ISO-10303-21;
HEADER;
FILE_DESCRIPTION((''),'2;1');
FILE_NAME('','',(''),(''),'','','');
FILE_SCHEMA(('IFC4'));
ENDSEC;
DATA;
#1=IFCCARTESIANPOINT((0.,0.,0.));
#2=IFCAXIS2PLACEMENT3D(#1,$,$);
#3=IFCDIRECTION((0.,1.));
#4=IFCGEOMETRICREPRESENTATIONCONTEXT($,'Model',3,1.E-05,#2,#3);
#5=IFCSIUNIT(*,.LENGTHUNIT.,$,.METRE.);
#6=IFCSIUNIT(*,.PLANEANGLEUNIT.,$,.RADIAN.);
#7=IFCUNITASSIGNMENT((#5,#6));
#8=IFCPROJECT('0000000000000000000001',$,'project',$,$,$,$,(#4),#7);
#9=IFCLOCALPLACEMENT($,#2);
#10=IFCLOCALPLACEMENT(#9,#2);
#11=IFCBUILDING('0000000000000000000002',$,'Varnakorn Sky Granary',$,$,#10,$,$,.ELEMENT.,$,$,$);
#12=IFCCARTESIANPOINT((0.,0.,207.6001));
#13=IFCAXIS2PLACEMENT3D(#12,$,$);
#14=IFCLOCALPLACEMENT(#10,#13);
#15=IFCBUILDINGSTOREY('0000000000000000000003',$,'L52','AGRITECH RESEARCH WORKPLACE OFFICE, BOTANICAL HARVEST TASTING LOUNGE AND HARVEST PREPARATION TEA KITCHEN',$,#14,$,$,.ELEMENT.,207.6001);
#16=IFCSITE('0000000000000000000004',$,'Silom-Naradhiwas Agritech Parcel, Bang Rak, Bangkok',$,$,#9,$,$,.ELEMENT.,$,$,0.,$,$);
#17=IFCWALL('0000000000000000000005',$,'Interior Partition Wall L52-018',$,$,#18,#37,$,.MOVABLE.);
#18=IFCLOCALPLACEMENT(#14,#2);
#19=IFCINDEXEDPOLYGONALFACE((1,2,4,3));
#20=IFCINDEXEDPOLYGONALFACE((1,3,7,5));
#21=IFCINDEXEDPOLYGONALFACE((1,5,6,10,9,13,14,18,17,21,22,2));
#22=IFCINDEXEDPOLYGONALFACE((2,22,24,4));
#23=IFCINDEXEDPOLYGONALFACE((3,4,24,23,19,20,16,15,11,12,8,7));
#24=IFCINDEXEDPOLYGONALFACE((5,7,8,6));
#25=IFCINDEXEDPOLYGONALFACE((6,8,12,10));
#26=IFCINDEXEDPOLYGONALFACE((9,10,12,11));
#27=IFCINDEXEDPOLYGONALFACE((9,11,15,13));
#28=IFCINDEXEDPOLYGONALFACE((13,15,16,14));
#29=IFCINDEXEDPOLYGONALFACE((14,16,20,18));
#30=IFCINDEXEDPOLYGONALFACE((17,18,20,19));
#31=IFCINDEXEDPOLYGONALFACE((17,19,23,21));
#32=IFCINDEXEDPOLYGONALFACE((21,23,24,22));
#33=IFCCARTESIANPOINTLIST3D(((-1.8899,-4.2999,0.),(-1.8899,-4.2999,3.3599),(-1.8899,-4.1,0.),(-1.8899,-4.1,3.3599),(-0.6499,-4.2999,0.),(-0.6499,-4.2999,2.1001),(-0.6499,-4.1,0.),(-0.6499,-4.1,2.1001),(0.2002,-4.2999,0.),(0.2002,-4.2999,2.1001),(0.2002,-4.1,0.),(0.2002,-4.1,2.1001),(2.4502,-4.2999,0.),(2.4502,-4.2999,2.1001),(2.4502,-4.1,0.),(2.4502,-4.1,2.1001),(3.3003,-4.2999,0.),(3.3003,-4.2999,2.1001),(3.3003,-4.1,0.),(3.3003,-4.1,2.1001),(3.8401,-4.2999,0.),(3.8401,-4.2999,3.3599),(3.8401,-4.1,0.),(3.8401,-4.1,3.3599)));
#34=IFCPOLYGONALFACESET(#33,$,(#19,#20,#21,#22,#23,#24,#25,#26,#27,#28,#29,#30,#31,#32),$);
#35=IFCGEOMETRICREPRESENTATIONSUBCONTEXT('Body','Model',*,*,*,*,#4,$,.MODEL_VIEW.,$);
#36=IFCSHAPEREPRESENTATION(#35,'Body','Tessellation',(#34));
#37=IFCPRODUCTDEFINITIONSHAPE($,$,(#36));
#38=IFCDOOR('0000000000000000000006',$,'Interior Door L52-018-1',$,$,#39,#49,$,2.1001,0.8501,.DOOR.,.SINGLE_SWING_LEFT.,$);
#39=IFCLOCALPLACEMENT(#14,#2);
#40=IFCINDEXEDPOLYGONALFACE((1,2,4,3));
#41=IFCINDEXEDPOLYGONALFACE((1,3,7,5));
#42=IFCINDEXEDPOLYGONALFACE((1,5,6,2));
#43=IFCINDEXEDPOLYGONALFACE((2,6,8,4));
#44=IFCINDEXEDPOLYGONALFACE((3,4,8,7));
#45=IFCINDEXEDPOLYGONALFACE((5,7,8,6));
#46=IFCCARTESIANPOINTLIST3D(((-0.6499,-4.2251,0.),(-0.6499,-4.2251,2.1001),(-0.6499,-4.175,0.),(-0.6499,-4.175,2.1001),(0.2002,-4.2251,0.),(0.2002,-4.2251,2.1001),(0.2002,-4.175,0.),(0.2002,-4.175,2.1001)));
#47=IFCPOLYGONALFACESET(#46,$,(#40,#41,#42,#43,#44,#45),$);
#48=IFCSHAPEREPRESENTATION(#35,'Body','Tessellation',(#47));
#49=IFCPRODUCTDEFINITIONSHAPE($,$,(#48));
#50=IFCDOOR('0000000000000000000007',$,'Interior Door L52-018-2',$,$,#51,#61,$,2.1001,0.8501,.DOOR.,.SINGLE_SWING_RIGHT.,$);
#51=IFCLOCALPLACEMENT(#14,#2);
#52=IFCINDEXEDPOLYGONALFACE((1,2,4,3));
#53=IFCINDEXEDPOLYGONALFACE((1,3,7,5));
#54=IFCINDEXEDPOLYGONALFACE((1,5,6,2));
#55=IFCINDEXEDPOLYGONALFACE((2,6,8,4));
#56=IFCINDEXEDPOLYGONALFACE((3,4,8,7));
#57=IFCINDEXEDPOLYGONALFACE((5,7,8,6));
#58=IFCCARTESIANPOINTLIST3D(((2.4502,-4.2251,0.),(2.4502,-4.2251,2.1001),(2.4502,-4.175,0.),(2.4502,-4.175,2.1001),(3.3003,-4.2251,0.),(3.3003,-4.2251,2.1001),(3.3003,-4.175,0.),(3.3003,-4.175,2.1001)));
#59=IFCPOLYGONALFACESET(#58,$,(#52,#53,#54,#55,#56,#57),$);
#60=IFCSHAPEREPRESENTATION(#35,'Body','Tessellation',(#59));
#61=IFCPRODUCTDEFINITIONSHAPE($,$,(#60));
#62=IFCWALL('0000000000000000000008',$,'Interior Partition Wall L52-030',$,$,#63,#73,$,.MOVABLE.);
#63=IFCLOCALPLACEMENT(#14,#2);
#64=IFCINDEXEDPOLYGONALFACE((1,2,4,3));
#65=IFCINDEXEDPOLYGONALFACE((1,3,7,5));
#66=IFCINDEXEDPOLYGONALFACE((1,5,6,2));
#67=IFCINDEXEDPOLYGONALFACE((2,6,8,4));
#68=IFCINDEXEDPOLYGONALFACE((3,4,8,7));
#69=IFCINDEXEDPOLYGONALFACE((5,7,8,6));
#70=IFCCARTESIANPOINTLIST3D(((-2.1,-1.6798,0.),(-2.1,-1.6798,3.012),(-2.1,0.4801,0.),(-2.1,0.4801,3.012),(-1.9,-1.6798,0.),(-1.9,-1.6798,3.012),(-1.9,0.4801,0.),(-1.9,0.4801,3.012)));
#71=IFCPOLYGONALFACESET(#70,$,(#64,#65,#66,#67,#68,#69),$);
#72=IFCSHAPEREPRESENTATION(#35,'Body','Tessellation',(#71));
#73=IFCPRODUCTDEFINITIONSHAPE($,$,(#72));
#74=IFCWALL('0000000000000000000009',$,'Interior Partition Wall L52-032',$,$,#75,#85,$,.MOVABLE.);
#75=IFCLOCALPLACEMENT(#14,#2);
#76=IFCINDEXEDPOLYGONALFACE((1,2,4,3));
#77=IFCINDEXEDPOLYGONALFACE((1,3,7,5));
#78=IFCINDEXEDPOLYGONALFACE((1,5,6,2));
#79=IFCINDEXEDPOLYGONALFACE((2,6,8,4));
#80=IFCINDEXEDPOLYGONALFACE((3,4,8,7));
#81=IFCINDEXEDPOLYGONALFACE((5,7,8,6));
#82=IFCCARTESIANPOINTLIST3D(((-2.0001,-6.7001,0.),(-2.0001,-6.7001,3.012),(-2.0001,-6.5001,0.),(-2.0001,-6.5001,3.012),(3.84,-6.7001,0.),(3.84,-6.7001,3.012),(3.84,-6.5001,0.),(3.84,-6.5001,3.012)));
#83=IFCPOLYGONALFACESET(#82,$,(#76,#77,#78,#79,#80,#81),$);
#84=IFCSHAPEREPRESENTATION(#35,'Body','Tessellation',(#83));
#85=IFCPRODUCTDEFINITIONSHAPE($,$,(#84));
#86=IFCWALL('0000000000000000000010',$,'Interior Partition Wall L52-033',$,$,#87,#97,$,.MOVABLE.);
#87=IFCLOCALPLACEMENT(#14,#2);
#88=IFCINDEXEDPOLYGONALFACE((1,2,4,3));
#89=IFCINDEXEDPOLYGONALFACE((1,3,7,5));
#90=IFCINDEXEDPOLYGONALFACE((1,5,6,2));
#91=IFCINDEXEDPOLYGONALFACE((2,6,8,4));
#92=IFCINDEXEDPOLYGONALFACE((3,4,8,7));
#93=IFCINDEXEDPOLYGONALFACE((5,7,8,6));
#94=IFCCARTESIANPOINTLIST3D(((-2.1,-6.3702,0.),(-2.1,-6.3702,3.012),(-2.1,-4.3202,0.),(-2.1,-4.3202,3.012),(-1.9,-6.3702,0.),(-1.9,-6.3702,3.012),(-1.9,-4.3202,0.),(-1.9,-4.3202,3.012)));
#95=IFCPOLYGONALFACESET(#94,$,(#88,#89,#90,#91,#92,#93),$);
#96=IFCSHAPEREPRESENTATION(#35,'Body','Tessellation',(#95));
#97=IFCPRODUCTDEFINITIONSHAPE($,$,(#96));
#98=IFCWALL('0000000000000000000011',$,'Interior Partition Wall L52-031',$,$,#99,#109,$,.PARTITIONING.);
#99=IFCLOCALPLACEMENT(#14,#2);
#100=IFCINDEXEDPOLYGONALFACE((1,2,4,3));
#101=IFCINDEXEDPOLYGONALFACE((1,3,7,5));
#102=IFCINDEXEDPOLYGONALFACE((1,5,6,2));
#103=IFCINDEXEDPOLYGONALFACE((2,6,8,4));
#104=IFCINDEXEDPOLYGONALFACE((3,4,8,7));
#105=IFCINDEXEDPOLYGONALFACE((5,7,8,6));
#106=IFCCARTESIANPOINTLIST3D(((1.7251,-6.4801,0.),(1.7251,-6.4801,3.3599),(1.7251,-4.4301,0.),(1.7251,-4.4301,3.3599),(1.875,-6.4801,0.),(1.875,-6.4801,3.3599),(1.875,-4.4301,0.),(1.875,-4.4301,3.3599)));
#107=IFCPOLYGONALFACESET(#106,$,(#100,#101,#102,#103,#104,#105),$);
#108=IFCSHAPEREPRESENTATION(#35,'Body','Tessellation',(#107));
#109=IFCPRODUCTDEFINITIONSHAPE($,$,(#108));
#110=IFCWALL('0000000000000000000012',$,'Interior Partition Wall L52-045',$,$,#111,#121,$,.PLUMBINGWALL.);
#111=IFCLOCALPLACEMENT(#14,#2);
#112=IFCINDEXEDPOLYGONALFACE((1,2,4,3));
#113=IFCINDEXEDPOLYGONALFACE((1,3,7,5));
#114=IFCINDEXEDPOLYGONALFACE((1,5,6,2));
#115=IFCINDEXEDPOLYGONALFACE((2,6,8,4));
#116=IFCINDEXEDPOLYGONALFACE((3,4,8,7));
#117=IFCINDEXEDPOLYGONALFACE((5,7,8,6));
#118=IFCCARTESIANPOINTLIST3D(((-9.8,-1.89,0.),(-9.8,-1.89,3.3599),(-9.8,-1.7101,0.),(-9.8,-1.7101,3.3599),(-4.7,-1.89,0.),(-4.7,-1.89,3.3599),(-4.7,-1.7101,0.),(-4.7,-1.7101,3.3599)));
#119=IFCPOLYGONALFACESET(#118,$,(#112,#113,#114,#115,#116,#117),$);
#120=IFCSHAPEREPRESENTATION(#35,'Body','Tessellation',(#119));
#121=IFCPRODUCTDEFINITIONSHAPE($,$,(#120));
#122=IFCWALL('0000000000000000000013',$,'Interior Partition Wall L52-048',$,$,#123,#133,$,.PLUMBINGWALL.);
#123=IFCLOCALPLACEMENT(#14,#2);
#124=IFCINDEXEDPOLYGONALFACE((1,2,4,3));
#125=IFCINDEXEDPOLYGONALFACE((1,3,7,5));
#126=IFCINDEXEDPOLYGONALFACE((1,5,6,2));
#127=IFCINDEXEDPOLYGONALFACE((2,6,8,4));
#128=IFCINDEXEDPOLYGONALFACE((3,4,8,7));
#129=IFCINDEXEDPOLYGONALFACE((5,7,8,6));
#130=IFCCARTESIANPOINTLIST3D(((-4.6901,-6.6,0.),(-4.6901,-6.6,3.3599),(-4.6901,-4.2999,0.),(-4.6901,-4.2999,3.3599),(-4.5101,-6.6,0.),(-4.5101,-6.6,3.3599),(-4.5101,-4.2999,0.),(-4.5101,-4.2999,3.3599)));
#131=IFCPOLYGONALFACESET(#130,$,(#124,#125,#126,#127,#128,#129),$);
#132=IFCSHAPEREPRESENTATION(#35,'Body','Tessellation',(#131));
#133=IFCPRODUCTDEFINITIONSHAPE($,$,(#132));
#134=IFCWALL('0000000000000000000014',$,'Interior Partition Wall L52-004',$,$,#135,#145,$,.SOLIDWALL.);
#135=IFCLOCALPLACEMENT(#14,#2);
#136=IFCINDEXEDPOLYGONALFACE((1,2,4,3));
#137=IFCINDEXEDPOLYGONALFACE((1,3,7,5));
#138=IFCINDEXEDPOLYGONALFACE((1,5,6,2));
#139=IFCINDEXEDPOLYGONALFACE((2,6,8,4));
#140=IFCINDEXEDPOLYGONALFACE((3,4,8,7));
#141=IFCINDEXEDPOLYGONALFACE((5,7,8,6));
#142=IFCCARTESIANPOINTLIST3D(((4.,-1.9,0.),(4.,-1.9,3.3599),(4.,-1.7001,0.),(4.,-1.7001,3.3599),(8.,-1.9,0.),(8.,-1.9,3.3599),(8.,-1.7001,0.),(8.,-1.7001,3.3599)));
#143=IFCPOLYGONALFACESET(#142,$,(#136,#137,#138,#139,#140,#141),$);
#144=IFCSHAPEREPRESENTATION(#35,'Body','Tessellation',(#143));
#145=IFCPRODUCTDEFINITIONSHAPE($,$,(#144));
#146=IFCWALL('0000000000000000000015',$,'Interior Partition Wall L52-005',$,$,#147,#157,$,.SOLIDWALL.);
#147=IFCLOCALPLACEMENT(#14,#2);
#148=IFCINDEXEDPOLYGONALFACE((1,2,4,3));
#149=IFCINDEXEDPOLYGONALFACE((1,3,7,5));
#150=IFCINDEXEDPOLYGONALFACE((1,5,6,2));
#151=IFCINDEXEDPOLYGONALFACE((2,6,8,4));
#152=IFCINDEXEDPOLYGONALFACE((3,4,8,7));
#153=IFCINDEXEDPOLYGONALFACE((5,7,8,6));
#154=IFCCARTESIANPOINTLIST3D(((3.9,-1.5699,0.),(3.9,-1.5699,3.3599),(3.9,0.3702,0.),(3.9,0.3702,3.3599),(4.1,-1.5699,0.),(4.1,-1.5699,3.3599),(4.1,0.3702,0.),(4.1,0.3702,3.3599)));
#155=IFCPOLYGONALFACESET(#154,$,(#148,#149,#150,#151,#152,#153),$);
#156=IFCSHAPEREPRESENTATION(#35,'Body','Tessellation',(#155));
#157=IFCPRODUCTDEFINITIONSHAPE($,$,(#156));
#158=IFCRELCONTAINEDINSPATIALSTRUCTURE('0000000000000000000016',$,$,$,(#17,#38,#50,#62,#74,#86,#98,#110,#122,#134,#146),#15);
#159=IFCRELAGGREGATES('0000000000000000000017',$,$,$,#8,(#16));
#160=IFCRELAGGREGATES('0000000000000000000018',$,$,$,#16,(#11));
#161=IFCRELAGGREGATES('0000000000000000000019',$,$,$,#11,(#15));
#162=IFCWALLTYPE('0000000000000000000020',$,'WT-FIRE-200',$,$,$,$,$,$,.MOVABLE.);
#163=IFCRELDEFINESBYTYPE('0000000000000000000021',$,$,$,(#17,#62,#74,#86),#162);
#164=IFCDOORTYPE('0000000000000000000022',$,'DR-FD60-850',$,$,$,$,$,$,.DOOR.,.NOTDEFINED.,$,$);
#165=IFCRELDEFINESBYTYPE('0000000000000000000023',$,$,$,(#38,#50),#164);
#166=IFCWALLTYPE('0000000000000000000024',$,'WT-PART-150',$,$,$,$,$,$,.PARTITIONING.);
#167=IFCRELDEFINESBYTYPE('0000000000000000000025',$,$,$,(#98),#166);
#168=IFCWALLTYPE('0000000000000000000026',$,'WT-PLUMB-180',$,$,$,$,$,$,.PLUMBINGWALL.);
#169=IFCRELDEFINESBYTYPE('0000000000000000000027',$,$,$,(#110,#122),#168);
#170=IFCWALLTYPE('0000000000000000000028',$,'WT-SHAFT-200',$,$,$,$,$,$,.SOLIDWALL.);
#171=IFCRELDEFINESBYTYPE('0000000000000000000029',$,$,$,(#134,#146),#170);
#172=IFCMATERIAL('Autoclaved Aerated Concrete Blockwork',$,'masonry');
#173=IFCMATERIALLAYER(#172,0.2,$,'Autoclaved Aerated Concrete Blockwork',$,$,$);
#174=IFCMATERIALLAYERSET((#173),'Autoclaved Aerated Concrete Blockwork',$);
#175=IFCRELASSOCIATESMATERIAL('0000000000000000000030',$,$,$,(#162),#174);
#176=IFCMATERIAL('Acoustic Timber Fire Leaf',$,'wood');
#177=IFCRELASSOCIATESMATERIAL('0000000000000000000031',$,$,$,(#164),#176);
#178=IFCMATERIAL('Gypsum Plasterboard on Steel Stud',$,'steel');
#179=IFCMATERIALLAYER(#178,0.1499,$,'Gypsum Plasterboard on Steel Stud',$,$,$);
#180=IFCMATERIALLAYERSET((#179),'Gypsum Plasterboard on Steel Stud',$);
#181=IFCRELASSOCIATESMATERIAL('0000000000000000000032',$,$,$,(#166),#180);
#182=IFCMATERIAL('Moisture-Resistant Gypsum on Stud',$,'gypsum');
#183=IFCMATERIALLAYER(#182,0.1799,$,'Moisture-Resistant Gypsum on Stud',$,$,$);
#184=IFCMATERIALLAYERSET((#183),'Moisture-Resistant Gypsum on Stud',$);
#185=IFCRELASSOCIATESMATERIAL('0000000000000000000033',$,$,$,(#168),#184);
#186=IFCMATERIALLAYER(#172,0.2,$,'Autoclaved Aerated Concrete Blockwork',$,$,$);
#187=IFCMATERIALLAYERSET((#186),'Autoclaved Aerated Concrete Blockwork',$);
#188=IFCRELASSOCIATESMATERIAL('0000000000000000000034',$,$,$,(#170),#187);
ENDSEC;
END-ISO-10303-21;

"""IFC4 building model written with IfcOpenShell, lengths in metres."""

from ifc_helpers import new_model, si_unit, direction, frame, frame_2d, origin, place, context, subcontext, project, spatial, rectangle, extrude, material, layer, layer_set, type_object, element, fill, save


model = new_model("IFC4")

# Units and contexts
model_context = context("Model", 3, precision=1e-05, world=origin(), true_north=direction((0.0, 1.0)))
body_context = subcontext(model_context, "Body", "Model", "MODEL_VIEW")
ifc_project = project(units=[si_unit("LENGTHUNIT", "METRE"), si_unit("PLANEANGLEUNIT", "RADIAN")], contexts=[model_context])

# Site, building, storey
site_placement = place(None, origin())
site = spatial("IfcSite", under=ifc_project, at=site_placement, Name="Silom-Naradhiwas Agritech Parcel, Bang Rak, Bangkok", CompositionType="ELEMENT", RefElevation=0.0)
building_placement = place(site_placement, origin())
building = spatial("IfcBuilding", under=site, at=building_placement, Name="Varnakorn Sky Granary", CompositionType="ELEMENT")
storey_placement = place(building_placement, frame((0.0, 0.0, 207.6001)))
storey = spatial("IfcBuildingStorey", under=building, at=storey_placement, Name="L52", Description="AGRITECH RESEARCH WORKPLACE OFFICE, BOTANICAL HARVEST TASTING LOUNGE AND HARVEST PREPARATION TEA KITCHEN", CompositionType="ELEMENT", Elevation=207.6001)

# Shared definitions
ifc_material_1 = material(Name="Autoclaved Aerated Concrete Blockwork", Category="masonry")
ifc_layer_1 = layer(ifc_material_1, 0.2, Name="Autoclaved Aerated Concrete Blockwork")
ifc_layer_set_1 = layer_set([ifc_layer_1], Name="Autoclaved Aerated Concrete Blockwork")
wall_type_1 = type_object("IfcWallType", Name="WT-FIRE-200", PredefinedType="MOVABLE", material=ifc_layer_set_1)
ifc_material_2 = material(Name="Acoustic Timber Fire Leaf", Category="wood")

# Wall, openings, doors
wall_1_placement = place(storey_placement, frame((-1.8899, -4.2, 0.0), z_axis=(0.0, 0.0, 1.0), x_axis=(1.0, 0.0, 0.0)))
wall_1 = element("IfcWall", 1, at=wall_1_placement, inside=storey, type_object=wall_type_1, Name="Interior Partition Wall L52-018", PredefinedType="MOVABLE", context=body_context, shape_type="SweptSolid", body=[
    extrude(rectangle(XDim=5.73, YDim=0.2, at=frame_2d((2.865, 0.0))), origin(), (0.0, 0.0, 1.0), 3.3599),
])
opening_1_placement = place(wall_1_placement, frame((1.24, 0.0, 0.0)))
opening_1 = element("IfcOpeningElement", 2, at=opening_1_placement, cuts=wall_1, PredefinedType="OPENING", context=body_context, shape_type="SweptSolid", body=[
    extrude(rectangle(XDim=0.8501, YDim=2.1001, at=frame_2d((0.425, 1.05))), frame((0.0, 0.1099, 0.0), z_axis=(0.0, -1.0, 0.0), x_axis=(1.0, 0.0, 0.0)), (0.0, 0.0, 1.0), 0.22),
])
opening_2_placement = place(wall_1_placement, frame((4.3401, 0.0, 0.0)))
opening_2 = element("IfcOpeningElement", 3, at=opening_2_placement, cuts=wall_1, PredefinedType="OPENING", context=body_context, shape_type="SweptSolid", body=[
    extrude(rectangle(XDim=0.8501, YDim=2.1001, at=frame_2d((0.425, 1.05))), frame((0.0, 0.1099, 0.0), z_axis=(0.0, -1.0, 0.0), x_axis=(1.0, 0.0, 0.0)), (0.0, 0.0, 1.0), 0.22),
])
door_type_1 = type_object("IfcDoorType", Name="DR-FD60-850", OperationType="NOTDEFINED", PredefinedType="DOOR", material=ifc_material_2)
door_1_placement = place(opening_1_placement, origin())
door_1 = element("IfcDoor", 4, at=door_1_placement, inside=storey, type_object=door_type_1, Name="Interior Door L52-018-1", OperationType="SINGLE_SWING_LEFT", OverallHeight=2.1001, OverallWidth=0.8501, PredefinedType="DOOR", context=body_context, shape_type="SweptSolid", body=[
    extrude(rectangle(XDim=0.8501, YDim=2.1001, at=frame_2d((0.425, 1.05))), frame((0.0, 0.0249, 0.0), z_axis=(0.0, -1.0, 0.0), x_axis=(1.0, 0.0, 0.0)), (0.0, 0.0, 1.0), 0.05),
])
fill(opening_1, door_1)
door_2_placement = place(opening_2_placement, origin())
door_2 = element("IfcDoor", 5, at=door_2_placement, inside=storey, type_object=door_type_1, Name="Interior Door L52-018-2", OperationType="SINGLE_SWING_RIGHT", OverallHeight=2.1001, OverallWidth=0.8501, PredefinedType="DOOR", context=body_context, shape_type="SweptSolid", body=[
    extrude(rectangle(XDim=0.8501, YDim=2.1001, at=frame_2d((0.425, 1.05))), frame((0.0, 0.0249, 0.0), z_axis=(0.0, -1.0, 0.0), x_axis=(1.0, 0.0, 0.0)), (0.0, 0.0, 1.0), 0.05),
])
fill(opening_2, door_2)

# Walls
wall_2_placement = place(storey_placement, frame((-2.0, -1.6799, 0.0), z_axis=(0.0, 0.0, 1.0), x_axis=(0.0, 1.0, 0.0)))
element("IfcWall", 6, at=wall_2_placement, inside=storey, type_object=wall_type_1, Name="Interior Partition Wall L52-030", PredefinedType="MOVABLE", context=body_context, shape_type="SweptSolid", body=[
    extrude(rectangle(XDim=2.1599, YDim=0.2, at=frame_2d((1.0801, 0.0))), origin(), (0.0, 0.0, 1.0), 3.012),
])
wall_3_placement = place(storey_placement, frame((-2.0, -6.6001, 0.0), z_axis=(0.0, 0.0, 1.0), x_axis=(1.0, 0.0, 0.0)))
element("IfcWall", 7, at=wall_3_placement, inside=storey, type_object=wall_type_1, Name="Interior Partition Wall L52-032", PredefinedType="MOVABLE", context=body_context, shape_type="SweptSolid", body=[
    extrude(rectangle(XDim=5.8401, YDim=0.2, at=frame_2d((2.9199, 0.0))), origin(), (0.0, 0.0, 1.0), 3.012),
])
wall_4_placement = place(storey_placement, frame((-2.0, -6.3701, 0.0), z_axis=(0.0, 0.0, 1.0), x_axis=(0.0, 1.0, 0.0)))
element("IfcWall", 8, at=wall_4_placement, inside=storey, type_object=wall_type_1, Name="Interior Partition Wall L52-033", PredefinedType="MOVABLE", context=body_context, shape_type="SweptSolid", body=[
    extrude(rectangle(XDim=2.05, YDim=0.2, at=frame_2d((1.0249, 0.0))), origin(), (0.0, 0.0, 1.0), 3.012),
])
ifc_material_3 = material(Name="Gypsum Plasterboard on Steel Stud", Category="steel")
ifc_layer_2 = layer(ifc_material_3, 0.1499, Name="Gypsum Plasterboard on Steel Stud")
ifc_layer_set_2 = layer_set([ifc_layer_2], Name="Gypsum Plasterboard on Steel Stud")
wall_type_2 = type_object("IfcWallType", Name="WT-PART-150", PredefinedType="PARTITIONING", material=ifc_layer_set_2)
wall_5_placement = place(storey_placement, frame((1.8, -6.48, 0.0), z_axis=(0.0, 0.0, 1.0), x_axis=(0.0, 1.0, 0.0)))
element("IfcWall", 9, at=wall_5_placement, inside=storey, type_object=wall_type_2, Name="Interior Partition Wall L52-031", PredefinedType="PARTITIONING", context=body_context, shape_type="SweptSolid", body=[
    extrude(rectangle(XDim=2.05, YDim=0.1499, at=frame_2d((1.0249, 0.0))), origin(), (0.0, 0.0, 1.0), 3.3599),
])
ifc_material_4 = material(Name="Moisture-Resistant Gypsum on Stud", Category="gypsum")
ifc_layer_3 = layer(ifc_material_4, 0.1799, Name="Moisture-Resistant Gypsum on Stud")
ifc_layer_set_3 = layer_set([ifc_layer_3], Name="Moisture-Resistant Gypsum on Stud")
wall_type_3 = type_object("IfcWallType", Name="WT-PLUMB-180", PredefinedType="PLUMBINGWALL", material=ifc_layer_set_3)
wall_6_placement = place(storey_placement, frame((-4.7, -1.8, 0.0), z_axis=(0.0, 0.0, 1.0), x_axis=(-1.0, 0.0, 0.0)))
element("IfcWall", 10, at=wall_6_placement, inside=storey, type_object=wall_type_3, Name="Interior Partition Wall L52-045", PredefinedType="PLUMBINGWALL", context=body_context, shape_type="SweptSolid", body=[
    extrude(rectangle(XDim=5.1001, YDim=0.1799, at=frame_2d((2.55, 0.0))), origin(), (0.0, 0.0, 1.0), 3.3599),
])
wall_7_placement = place(storey_placement, frame((-4.6001, -4.3, 0.0), z_axis=(0.0, 0.0, 1.0), x_axis=(0.0, -1.0, 0.0)))
element("IfcWall", 11, at=wall_7_placement, inside=storey, type_object=wall_type_3, Name="Interior Partition Wall L52-048", PredefinedType="PLUMBINGWALL", context=body_context, shape_type="SweptSolid", body=[
    extrude(rectangle(XDim=2.3, YDim=0.1799, at=frame_2d((1.1499, 0.0))), origin(), (0.0, 0.0, 1.0), 3.3599),
])
ifc_layer_4 = layer(ifc_material_1, 0.2, Name="Autoclaved Aerated Concrete Blockwork")
ifc_layer_set_4 = layer_set([ifc_layer_4], Name="Autoclaved Aerated Concrete Blockwork")
wall_type_4 = type_object("IfcWallType", Name="WT-SHAFT-200", PredefinedType="SOLIDWALL", material=ifc_layer_set_4)
wall_8_placement = place(storey_placement, frame((4.0, -1.8, 0.0), z_axis=(0.0, 0.0, 1.0), x_axis=(1.0, 0.0, 0.0)))
element("IfcWall", 12, at=wall_8_placement, inside=storey, type_object=wall_type_4, Name="Interior Partition Wall L52-004", PredefinedType="SOLIDWALL", context=body_context, shape_type="SweptSolid", body=[
    extrude(rectangle(XDim=4.0, YDim=0.2, at=frame_2d((2.0, 0.0))), origin(), (0.0, 0.0, 1.0), 3.3599),
])
wall_9_placement = place(storey_placement, frame((4.0, -1.5701, 0.0), z_axis=(0.0, 0.0, 1.0), x_axis=(0.0, 1.0, 0.0)))
element("IfcWall", 13, at=wall_9_placement, inside=storey, type_object=wall_type_4, Name="Interior Partition Wall L52-005", PredefinedType="SOLIDWALL", context=body_context, shape_type="SweptSolid", body=[
    extrude(rectangle(XDim=1.9402, YDim=0.2, at=frame_2d((0.9702, 0.0))), origin(), (0.0, 0.0, 1.0), 3.3599),
])

save(model, "model.ifc")
